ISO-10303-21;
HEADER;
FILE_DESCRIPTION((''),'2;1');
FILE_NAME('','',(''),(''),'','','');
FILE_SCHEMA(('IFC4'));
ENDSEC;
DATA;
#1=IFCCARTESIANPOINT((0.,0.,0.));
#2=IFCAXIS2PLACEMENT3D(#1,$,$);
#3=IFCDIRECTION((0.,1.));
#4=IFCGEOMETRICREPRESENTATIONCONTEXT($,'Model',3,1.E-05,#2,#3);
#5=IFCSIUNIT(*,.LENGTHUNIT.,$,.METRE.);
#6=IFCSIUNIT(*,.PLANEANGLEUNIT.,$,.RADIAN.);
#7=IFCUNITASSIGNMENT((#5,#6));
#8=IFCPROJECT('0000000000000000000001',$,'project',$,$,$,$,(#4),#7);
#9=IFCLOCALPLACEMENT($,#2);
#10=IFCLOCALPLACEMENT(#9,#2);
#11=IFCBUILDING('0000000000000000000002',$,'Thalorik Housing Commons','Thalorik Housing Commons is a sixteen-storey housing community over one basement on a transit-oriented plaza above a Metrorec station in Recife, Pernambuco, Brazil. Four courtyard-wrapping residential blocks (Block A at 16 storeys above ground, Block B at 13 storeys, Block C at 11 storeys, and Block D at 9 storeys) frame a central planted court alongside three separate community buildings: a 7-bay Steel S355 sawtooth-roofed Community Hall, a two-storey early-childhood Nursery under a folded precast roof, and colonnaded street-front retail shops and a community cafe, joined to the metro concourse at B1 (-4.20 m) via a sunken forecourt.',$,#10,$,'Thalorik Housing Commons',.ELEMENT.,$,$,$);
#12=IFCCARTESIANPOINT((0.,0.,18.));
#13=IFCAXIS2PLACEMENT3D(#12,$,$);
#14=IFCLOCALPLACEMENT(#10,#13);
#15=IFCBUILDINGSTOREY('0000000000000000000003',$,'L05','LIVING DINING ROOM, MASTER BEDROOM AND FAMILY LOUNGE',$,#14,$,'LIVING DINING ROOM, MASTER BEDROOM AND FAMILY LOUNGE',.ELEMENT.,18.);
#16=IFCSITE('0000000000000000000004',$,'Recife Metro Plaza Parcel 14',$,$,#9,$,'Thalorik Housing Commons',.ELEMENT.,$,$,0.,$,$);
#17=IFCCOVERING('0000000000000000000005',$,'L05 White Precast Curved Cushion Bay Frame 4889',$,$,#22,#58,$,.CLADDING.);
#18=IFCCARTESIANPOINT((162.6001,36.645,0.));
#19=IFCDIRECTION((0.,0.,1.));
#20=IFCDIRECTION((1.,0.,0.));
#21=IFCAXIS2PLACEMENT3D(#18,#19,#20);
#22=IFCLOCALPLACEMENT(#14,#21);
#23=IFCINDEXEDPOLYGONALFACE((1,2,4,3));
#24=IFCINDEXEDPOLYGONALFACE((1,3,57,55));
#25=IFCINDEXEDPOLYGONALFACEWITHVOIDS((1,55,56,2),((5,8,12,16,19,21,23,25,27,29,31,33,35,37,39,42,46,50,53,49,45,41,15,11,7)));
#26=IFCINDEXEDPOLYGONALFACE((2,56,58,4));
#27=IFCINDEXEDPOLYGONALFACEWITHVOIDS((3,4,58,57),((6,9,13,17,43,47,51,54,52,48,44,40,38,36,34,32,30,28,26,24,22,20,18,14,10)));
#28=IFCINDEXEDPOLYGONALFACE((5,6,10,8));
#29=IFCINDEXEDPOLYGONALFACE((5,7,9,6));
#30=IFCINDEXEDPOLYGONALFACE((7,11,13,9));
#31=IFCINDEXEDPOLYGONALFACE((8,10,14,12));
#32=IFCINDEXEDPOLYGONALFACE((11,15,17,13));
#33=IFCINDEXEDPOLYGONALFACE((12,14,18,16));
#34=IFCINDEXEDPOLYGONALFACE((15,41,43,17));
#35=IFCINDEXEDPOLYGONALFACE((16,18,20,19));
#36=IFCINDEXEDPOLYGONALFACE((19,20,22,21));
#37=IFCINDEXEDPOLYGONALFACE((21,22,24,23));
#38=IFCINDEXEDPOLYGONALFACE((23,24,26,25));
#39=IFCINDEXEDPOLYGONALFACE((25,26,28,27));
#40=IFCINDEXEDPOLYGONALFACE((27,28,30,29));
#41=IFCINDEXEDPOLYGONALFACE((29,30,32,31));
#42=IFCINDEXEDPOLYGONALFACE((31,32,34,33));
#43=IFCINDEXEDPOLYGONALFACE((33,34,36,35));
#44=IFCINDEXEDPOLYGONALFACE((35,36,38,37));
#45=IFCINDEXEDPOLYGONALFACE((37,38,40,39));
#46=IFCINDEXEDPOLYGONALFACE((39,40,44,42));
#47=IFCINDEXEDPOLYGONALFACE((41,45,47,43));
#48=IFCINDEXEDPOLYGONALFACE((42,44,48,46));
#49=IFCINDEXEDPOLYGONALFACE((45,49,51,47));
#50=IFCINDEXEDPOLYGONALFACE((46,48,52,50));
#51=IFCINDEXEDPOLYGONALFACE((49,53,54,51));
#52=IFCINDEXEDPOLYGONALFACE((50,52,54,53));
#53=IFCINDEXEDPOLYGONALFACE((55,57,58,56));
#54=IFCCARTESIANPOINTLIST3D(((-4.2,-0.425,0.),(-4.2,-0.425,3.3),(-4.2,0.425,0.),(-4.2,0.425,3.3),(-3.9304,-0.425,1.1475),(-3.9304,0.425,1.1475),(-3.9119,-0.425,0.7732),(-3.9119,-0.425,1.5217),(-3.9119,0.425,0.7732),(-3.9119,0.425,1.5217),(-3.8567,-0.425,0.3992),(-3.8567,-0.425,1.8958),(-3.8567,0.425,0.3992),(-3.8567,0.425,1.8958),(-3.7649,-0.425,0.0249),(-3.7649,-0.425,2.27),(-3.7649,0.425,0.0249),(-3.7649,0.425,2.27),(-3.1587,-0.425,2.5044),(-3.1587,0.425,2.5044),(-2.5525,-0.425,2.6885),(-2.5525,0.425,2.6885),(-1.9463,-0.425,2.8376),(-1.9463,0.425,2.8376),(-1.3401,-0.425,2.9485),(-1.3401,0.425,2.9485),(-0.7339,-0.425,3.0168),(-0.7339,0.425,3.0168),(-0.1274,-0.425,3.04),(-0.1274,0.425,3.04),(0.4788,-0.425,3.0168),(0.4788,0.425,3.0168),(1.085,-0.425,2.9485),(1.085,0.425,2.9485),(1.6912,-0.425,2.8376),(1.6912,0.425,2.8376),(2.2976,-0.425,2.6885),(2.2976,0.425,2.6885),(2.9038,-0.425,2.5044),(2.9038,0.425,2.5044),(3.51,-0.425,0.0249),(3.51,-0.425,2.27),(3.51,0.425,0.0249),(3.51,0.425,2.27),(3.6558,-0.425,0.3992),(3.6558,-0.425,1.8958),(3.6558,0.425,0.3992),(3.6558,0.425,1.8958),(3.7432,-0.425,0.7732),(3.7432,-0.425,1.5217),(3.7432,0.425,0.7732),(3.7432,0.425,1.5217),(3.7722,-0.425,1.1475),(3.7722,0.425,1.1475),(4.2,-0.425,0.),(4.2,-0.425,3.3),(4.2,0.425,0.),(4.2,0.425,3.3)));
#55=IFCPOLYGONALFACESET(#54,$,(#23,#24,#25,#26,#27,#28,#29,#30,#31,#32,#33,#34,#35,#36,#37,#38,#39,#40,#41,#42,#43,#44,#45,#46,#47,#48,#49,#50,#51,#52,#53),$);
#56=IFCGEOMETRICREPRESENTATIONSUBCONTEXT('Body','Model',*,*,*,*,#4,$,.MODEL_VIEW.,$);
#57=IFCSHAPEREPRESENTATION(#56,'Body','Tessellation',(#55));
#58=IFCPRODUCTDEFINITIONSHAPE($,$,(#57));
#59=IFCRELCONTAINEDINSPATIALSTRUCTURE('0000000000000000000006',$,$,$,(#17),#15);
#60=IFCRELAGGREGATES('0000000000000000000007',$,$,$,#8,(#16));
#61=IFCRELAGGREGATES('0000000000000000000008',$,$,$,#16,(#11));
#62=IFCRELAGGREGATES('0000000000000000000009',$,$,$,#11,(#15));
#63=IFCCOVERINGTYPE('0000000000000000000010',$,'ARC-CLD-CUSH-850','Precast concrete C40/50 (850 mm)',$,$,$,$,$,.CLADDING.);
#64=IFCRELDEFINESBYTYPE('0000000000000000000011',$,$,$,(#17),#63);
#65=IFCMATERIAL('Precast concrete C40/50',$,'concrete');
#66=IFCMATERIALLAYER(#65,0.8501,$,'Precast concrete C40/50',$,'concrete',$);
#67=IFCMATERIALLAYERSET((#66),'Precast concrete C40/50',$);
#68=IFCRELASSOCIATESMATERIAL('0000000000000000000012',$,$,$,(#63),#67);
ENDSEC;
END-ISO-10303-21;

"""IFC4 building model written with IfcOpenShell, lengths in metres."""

from ifc_helpers import new_model, si_unit, direction, frame, origin, place, context, subcontext, project, spatial, polyline, outline, extrude, material, layer, layer_set, type_object, element, save


model = new_model("IFC4")

# Units and contexts
model_context = context("Model", 3, precision=1e-05, world=origin(), true_north=direction((0.0, 1.0)))
body_context = subcontext(model_context, "Body", "Model", "MODEL_VIEW")
ifc_project = project(units=[si_unit("LENGTHUNIT", "METRE"), si_unit("PLANEANGLEUNIT", "RADIAN")], contexts=[model_context])

# Site, building, storey
site_placement = place(None, origin())
site = spatial("IfcSite", under=ifc_project, at=site_placement, Name="Recife Metro Plaza Parcel 14", LongName="Thalorik Housing Commons", CompositionType="ELEMENT", RefElevation=0.0)
building_placement = place(site_placement, origin())
building = spatial("IfcBuilding", under=site, at=building_placement, Name="Thalorik Housing Commons", Description="Thalorik Housing Commons is a sixteen-storey housing community over one basement on a transit-oriented plaza above a Metrorec station in Recife, Pernambuco, Brazil. Four courtyard-wrapping residential blocks (Block A at 16 storeys above ground, Block B at 13 storeys, Block C at 11 storeys, and Block D at 9 storeys) frame a central planted court alongside three separate community buildings: a 7-bay Steel S355 sawtooth-roofed Community Hall, a two-storey early-childhood Nursery under a folded precast roof, and colonnaded street-front retail shops and a community cafe, joined to the metro concourse at B1 (-4.20 m) via a sunken forecourt.", LongName="Thalorik Housing Commons", CompositionType="ELEMENT")
storey_placement = place(building_placement, frame((0.0, 0.0, 18.0)))
storey = spatial("IfcBuildingStorey", under=building, at=storey_placement, Name="L05", Description="LIVING DINING ROOM, MASTER BEDROOM AND FAMILY LOUNGE", LongName="LIVING DINING ROOM, MASTER BEDROOM AND FAMILY LOUNGE", CompositionType="ELEMENT", Elevation=18.0)

# Shared definitions
ifc_material_1 = material(Name="Precast concrete C40/50", Category="concrete")

# Covering
ifc_layer_1 = layer(ifc_material_1, 0.8501, Name="Precast concrete C40/50", Category="concrete")
ifc_layer_set_1 = layer_set([ifc_layer_1], Name="Precast concrete C40/50")
covering_type_1 = type_object("IfcCoveringType", Name="ARC-CLD-CUSH-850", Description="Precast concrete C40/50 (850 mm)", PredefinedType="CLADDING", material=ifc_layer_set_1)
covering_1_placement = place(storey_placement, frame((162.6001, 36.645, 0.0), z_axis=(0.0, 0.0, 1.0), x_axis=(1.0, 0.0, 0.0)))
element("IfcCovering", 1, at=covering_1_placement, inside=storey, type_object=covering_type_1, Name="L05 White Precast Curved Cushion Bay Frame 4889", PredefinedType="CLADDING", context=body_context, shape_type="SweptSolid", body=[
    extrude(outline(polyline([(-4.2, 0.0), (4.2, 0.0), (4.2, 3.3), (-4.2, 3.3), (-4.2, 0.0)]), holes=[polyline([(3.51, 0.0249), (3.6558, 0.3992), (3.7432, 0.7732), (3.7722, 1.1475), (3.7432, 1.5217), (3.6558, 1.8958), (3.51, 2.27), (2.9038, 2.5044), (2.2976, 2.6885), (1.6912, 2.8376), (1.085, 2.9485), (0.4788, 3.0168), (-0.1274, 3.04), (-0.7339, 3.0168), (-1.3401, 2.9485), (-1.9463, 2.8376), (-2.5525, 2.6885), (-3.1587, 2.5044), (-3.7649, 2.27), (-3.8567, 1.8958), (-3.9119, 1.5217), (-3.9304, 1.1475), (-3.9119, 0.7732), (-3.8567, 0.3992), (-3.7649, 0.0249), (3.51, 0.0249)])]), frame((0.0, 0.425, 0.0), z_axis=(0.0, -1.0, 0.0), x_axis=(1.0, 0.0, 0.0)), (0.0, 0.0, 1.0), 0.8501),
])

save(model, "model.ifc")
